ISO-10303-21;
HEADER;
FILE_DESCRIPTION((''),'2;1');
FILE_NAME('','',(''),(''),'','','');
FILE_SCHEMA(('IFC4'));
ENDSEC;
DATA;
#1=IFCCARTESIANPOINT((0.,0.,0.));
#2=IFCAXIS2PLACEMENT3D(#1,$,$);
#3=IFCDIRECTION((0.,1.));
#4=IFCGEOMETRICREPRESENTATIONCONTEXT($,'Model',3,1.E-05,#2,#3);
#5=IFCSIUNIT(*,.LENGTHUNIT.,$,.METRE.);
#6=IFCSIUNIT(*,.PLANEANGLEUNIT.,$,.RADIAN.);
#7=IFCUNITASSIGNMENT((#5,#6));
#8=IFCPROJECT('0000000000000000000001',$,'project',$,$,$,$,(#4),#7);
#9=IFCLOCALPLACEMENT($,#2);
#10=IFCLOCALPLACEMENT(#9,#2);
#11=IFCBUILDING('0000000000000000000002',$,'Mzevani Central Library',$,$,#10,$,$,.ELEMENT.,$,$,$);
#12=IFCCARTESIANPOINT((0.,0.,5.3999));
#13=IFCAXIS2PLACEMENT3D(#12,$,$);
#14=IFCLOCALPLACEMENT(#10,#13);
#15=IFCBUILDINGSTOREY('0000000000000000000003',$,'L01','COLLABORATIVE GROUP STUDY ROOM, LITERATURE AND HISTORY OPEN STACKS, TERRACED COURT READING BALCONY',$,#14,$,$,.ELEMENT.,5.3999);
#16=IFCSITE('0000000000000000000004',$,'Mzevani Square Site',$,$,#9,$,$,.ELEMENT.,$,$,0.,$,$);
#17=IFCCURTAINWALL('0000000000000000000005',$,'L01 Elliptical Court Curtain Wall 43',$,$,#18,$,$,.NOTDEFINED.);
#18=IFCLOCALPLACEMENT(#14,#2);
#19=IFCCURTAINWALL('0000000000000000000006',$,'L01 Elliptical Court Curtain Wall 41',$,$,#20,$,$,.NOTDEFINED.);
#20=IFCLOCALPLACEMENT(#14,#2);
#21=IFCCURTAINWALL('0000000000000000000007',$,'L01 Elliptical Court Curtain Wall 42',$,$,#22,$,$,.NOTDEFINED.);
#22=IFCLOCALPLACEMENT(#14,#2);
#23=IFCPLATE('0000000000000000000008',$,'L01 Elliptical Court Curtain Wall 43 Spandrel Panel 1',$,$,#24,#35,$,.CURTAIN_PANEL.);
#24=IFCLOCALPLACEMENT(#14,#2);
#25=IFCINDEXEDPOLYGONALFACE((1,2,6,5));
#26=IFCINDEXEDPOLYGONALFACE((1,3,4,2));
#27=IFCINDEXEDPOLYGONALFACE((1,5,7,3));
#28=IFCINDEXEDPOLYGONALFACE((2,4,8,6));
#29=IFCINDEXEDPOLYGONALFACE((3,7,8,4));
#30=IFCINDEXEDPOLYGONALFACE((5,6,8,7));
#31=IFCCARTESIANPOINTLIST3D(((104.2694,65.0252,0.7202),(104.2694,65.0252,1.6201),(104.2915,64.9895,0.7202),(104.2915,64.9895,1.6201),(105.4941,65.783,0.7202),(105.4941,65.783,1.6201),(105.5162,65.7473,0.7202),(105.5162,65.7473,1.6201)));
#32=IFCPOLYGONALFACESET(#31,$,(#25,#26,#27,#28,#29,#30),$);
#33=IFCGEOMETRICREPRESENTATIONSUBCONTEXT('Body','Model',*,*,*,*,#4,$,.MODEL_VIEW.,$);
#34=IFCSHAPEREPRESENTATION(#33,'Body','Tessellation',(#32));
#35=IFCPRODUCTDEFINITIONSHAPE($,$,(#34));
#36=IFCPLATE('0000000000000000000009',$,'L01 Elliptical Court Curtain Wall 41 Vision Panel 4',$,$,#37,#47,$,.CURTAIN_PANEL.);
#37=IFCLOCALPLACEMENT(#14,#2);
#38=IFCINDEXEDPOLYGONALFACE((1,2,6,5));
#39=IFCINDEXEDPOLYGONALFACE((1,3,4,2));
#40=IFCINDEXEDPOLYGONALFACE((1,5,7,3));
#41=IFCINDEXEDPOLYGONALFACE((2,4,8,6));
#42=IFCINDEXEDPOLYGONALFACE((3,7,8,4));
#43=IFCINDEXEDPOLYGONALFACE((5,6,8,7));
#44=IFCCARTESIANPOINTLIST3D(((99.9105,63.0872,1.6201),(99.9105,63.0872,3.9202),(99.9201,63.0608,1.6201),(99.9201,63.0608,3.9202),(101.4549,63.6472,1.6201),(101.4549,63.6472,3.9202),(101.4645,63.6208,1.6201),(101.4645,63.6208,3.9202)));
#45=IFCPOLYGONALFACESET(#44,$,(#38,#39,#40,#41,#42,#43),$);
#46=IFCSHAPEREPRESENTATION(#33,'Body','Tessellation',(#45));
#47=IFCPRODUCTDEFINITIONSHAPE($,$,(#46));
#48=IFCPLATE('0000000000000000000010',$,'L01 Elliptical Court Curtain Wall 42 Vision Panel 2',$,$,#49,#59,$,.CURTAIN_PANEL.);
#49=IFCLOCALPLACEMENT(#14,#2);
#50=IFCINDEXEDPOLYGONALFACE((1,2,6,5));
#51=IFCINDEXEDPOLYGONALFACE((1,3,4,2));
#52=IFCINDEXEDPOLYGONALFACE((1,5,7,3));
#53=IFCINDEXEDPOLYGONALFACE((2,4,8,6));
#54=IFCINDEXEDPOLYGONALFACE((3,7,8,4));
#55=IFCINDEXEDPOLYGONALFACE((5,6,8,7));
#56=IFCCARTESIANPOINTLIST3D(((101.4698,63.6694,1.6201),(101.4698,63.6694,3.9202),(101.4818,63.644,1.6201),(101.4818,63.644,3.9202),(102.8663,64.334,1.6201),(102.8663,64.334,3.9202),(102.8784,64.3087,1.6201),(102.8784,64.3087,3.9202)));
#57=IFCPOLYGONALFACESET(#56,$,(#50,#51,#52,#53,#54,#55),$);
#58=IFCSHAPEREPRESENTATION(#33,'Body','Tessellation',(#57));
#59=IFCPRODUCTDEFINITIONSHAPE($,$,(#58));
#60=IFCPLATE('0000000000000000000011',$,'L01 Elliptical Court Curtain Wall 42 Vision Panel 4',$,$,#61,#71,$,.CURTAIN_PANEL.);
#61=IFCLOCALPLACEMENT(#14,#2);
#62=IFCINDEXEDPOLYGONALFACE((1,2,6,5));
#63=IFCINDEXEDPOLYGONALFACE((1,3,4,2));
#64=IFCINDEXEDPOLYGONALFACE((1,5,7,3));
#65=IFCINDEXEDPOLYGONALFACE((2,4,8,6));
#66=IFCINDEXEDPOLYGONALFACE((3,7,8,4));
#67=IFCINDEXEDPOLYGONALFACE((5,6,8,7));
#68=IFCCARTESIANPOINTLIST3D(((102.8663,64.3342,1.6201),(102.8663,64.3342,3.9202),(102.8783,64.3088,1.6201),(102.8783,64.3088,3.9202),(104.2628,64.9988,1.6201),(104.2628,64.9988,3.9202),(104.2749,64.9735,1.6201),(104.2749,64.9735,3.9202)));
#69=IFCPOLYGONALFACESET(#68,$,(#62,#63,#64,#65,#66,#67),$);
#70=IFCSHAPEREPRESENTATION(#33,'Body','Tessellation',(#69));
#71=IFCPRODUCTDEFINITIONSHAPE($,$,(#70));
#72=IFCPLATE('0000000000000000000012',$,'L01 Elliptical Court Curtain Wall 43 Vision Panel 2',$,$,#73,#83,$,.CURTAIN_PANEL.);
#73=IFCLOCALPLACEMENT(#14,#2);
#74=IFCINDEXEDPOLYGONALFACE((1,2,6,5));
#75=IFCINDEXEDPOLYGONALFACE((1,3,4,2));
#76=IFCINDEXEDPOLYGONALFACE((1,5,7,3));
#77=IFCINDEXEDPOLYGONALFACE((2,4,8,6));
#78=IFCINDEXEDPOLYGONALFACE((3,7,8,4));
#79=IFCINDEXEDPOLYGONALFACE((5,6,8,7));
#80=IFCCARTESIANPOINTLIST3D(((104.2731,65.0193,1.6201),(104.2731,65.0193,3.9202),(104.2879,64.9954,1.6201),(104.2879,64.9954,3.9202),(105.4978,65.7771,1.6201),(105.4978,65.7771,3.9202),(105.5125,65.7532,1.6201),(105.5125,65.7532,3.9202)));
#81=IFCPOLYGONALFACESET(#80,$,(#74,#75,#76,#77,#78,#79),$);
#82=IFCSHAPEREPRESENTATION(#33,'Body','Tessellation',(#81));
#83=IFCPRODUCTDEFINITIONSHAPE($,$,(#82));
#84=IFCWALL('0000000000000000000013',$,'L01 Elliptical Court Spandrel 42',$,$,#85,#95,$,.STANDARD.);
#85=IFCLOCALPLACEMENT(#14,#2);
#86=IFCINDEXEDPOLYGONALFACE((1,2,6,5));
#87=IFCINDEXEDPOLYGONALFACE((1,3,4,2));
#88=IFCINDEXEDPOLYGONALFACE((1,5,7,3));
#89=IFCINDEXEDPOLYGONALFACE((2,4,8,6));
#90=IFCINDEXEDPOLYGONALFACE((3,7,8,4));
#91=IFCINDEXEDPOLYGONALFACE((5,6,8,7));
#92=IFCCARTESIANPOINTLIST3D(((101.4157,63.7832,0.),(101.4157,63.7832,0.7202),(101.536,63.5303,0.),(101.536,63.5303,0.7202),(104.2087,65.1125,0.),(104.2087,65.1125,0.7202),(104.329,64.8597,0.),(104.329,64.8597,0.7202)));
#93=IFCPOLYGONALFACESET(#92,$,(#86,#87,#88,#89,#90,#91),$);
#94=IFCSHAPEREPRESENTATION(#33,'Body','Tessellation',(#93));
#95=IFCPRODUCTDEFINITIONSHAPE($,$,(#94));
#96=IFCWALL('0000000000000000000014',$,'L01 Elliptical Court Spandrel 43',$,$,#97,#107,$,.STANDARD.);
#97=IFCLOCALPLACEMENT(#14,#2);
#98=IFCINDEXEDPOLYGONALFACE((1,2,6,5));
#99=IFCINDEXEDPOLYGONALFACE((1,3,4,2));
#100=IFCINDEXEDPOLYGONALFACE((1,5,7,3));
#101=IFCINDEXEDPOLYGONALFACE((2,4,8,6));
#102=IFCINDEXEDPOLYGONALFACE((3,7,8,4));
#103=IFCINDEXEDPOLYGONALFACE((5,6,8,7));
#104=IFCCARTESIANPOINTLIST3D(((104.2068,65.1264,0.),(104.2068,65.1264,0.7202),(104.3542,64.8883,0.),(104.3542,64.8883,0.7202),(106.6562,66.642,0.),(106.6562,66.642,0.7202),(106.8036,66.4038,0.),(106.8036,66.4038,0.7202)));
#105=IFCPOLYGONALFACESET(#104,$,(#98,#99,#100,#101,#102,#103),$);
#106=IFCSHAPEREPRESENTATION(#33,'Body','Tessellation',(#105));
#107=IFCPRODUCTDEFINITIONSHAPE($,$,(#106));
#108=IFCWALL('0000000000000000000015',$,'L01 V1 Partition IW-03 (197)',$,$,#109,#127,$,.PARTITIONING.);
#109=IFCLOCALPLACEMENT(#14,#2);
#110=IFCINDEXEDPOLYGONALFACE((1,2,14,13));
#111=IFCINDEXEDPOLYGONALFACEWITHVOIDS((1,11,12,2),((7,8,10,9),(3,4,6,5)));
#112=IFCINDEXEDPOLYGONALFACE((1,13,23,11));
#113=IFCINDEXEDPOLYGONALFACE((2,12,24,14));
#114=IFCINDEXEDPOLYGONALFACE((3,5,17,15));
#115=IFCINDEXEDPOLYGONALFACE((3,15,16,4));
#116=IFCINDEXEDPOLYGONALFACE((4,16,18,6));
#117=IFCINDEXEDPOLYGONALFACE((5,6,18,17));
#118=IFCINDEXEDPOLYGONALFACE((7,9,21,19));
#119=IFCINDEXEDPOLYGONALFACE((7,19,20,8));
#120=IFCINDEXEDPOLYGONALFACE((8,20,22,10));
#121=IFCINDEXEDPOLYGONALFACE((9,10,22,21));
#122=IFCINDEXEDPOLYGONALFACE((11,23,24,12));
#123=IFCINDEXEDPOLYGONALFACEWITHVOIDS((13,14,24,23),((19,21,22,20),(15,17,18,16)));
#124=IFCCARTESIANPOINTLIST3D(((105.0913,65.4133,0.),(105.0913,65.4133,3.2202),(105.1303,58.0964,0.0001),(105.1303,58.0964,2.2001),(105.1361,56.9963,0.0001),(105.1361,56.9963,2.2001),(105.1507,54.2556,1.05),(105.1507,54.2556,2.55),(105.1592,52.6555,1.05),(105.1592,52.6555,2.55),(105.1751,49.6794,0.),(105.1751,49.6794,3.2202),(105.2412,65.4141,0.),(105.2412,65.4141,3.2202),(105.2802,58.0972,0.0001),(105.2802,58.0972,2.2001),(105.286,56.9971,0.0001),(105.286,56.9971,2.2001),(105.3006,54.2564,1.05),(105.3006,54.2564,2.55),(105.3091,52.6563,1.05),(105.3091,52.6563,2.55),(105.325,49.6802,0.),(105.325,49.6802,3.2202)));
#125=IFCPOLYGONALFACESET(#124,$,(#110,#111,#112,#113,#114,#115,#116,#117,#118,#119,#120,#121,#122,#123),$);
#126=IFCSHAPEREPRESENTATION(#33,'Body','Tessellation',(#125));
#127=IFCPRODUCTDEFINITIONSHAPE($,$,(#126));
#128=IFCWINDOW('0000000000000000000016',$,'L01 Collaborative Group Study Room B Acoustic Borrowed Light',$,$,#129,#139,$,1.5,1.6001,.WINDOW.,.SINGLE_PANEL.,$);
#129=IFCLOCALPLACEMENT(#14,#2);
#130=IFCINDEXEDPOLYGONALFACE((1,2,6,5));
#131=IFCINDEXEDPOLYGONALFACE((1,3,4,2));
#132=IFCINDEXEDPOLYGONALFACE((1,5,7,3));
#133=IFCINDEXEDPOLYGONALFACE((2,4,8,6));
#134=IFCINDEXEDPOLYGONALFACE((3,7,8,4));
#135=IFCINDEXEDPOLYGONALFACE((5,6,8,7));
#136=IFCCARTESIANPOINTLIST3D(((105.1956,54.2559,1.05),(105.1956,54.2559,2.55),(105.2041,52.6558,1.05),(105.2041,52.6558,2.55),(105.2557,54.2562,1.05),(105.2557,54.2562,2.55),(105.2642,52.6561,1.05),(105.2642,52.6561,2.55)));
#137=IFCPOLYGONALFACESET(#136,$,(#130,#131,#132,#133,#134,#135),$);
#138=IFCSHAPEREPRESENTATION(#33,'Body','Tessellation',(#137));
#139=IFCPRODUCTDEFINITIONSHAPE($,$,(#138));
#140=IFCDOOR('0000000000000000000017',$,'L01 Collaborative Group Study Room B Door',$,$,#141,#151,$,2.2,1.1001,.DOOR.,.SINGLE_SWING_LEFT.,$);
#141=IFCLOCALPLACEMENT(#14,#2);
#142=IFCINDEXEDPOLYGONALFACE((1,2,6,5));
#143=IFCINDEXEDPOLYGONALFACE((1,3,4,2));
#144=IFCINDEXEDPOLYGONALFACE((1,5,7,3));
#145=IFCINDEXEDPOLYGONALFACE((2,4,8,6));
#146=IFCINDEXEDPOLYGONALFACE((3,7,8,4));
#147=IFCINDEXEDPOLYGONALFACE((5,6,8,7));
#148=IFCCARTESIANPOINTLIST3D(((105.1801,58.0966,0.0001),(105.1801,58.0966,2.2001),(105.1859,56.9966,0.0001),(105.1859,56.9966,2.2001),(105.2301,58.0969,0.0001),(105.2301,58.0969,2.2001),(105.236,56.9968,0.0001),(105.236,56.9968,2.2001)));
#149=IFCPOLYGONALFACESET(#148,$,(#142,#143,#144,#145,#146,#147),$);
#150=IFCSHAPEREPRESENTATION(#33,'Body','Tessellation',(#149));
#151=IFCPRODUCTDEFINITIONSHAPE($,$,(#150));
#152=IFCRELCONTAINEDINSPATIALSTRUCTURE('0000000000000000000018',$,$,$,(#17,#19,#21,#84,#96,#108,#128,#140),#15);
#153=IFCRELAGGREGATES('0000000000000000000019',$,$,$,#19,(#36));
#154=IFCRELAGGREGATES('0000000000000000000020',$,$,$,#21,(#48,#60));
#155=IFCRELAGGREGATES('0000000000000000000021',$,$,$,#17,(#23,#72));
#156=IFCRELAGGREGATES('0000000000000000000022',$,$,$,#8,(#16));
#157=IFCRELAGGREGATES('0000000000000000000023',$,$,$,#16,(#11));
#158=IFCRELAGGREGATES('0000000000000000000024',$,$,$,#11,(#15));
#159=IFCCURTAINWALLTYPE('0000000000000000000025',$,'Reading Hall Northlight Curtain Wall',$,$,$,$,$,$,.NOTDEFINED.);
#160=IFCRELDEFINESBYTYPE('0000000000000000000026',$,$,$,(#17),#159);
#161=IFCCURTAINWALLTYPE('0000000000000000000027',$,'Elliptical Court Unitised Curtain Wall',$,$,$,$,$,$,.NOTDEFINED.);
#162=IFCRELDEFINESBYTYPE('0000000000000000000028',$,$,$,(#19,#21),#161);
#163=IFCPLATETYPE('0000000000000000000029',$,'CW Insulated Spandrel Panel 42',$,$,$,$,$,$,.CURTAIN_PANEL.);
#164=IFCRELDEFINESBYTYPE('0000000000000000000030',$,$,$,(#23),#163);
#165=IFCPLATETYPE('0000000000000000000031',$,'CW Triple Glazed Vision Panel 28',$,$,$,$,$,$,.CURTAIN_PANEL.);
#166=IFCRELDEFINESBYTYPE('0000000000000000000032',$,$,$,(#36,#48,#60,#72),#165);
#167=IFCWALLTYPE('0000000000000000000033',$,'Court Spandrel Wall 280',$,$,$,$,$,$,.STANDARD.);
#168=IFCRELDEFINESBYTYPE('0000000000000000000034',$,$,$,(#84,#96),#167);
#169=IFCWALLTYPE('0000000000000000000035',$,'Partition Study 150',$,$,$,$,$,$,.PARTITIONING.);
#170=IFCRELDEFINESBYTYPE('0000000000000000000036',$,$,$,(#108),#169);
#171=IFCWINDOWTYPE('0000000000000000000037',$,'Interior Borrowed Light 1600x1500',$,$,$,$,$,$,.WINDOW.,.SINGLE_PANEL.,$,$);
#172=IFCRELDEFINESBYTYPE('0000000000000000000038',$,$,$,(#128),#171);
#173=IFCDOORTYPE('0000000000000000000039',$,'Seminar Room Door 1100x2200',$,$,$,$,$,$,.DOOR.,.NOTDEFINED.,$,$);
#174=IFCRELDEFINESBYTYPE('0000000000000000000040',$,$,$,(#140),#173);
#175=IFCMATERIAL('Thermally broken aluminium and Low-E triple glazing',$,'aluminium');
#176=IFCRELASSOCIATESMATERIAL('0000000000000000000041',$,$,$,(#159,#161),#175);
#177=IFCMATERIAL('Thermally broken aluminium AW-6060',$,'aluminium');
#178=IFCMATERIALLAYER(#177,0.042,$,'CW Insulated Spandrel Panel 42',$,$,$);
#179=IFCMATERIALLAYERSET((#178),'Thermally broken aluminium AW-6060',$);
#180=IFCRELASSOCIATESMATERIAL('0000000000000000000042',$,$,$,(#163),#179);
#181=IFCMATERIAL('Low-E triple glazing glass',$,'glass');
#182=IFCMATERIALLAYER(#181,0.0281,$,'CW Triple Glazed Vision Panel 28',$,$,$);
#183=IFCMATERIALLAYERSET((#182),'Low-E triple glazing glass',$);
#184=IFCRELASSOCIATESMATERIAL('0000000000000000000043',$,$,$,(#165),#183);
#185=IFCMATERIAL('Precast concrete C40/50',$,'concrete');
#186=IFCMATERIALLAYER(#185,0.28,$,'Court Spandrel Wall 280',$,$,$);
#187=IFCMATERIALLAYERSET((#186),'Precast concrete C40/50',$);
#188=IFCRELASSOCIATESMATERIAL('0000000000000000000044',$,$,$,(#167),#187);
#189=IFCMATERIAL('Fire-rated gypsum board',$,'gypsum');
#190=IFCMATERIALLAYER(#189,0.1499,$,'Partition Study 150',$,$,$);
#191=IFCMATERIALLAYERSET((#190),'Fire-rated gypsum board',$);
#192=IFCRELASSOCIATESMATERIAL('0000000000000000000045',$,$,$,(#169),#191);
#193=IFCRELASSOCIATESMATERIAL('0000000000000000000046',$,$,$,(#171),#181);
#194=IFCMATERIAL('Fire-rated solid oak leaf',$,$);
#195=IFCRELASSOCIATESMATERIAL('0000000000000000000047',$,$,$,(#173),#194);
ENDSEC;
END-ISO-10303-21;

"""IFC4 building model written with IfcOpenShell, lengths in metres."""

from ifc_helpers import new_model, si_unit, direction, frame, frame_2d, origin, origin_2d, place, context, subcontext, project, spatial, rectangle, extrude, material, layer, layer_set, type_object, element, fill, aggregate, save


model = new_model("IFC4")

# Units and contexts
model_context = context("Model", 3, precision=1e-05, world=origin(), true_north=direction((0.0, 1.0)))
body_context = subcontext(model_context, "Body", "Model", "MODEL_VIEW")
ifc_project = project(units=[si_unit("LENGTHUNIT", "METRE"), si_unit("PLANEANGLEUNIT", "RADIAN")], contexts=[model_context])

# Site, building, storey
site_placement = place(None, origin())
site = spatial("IfcSite", under=ifc_project, at=site_placement, Name="Mzevani Square Site", CompositionType="ELEMENT", RefElevation=0.0)
building_placement = place(site_placement, origin())
building = spatial("IfcBuilding", under=site, at=building_placement, Name="Mzevani Central Library", CompositionType="ELEMENT")
storey_placement = place(building_placement, frame((0.0, 0.0, 5.3999)))
storey = spatial("IfcBuildingStorey", under=building, at=storey_placement, Name="L01", Description="COLLABORATIVE GROUP STUDY ROOM, LITERATURE AND HISTORY OPEN STACKS, TERRACED COURT READING BALCONY", CompositionType="ELEMENT", Elevation=5.3999)

# Curtain wall
ifc_material_1 = material(Name="Thermally broken aluminium and Low-E triple glazing", Category="aluminium")
curtain_wall_type_1 = type_object("IfcCurtainWallType", Name="Reading Hall Northlight Curtain Wall", PredefinedType="NOTDEFINED", material=ifc_material_1)
curtain_wall_1_placement = place(storey_placement, origin())
curtain_wall_1 = element("IfcCurtainWall", 1, at=curtain_wall_1_placement, inside=storey, type_object=curtain_wall_type_1, Name="L01 Elliptical Court Curtain Wall 43", PredefinedType="NOTDEFINED")
ifc_material_2 = material(Name="Thermally broken aluminium AW-6060", Category="aluminium")

# Curtain wall
curtain_wall_type_2 = type_object("IfcCurtainWallType", Name="Elliptical Court Unitised Curtain Wall", PredefinedType="NOTDEFINED", material=ifc_material_1)
curtain_wall_2_placement = place(storey_placement, origin())
curtain_wall_2 = element("IfcCurtainWall", 2, at=curtain_wall_2_placement, inside=storey, type_object=curtain_wall_type_2, Name="L01 Elliptical Court Curtain Wall 41", PredefinedType="NOTDEFINED")

# Curtain wall
curtain_wall_3_placement = place(storey_placement, origin())
curtain_wall_3 = element("IfcCurtainWall", 3, at=curtain_wall_3_placement, inside=storey, type_object=curtain_wall_type_2, Name="L01 Elliptical Court Curtain Wall 42", PredefinedType="NOTDEFINED")

# Plates
ifc_layer_1 = layer(ifc_material_2, 0.042, Name="CW Insulated Spandrel Panel 42")
ifc_layer_set_1 = layer_set([ifc_layer_1], Name="Thermally broken aluminium AW-6060")
plate_type_1 = type_object("IfcPlateType", Name="CW Insulated Spandrel Panel 42", PredefinedType="CURTAIN_PANEL", material=ifc_layer_set_1)
plate_1_placement = place(storey_placement, frame((104.8928, 65.3862, 0.7202), z_axis=(0.0, 0.0, 1.0), x_axis=(0.850358, 0.526205, 0.0)))
plate_1 = element("IfcPlate", 4, at=plate_1_placement, type_object=plate_type_1, Name="L01 Elliptical Court Curtain Wall 43 Spandrel Panel 1", PredefinedType="CURTAIN_PANEL", context=body_context, shape_type="SweptSolid", body=[
    extrude(rectangle(XDim=1.4402, YDim=0.042, at=origin_2d()), origin(), (0.0, 0.0, 1.0), 0.8999),
])
ifc_material_3 = material(Name="Low-E triple glazing glass", Category="glass")
ifc_layer_2 = layer(ifc_material_3, 0.0281, Name="CW Triple Glazed Vision Panel 28")
ifc_layer_set_2 = layer_set([ifc_layer_2], Name="Low-E triple glazing glass")
plate_type_2 = type_object("IfcPlateType", Name="CW Triple Glazed Vision Panel 28", PredefinedType="CURTAIN_PANEL", material=ifc_layer_set_2)
plate_2_placement = place(storey_placement, frame((100.6875, 63.354, 1.6201), z_axis=(0.0, 0.0, 1.0), x_axis=(0.940106, 0.340883, 0.0)))
plate_2 = element("IfcPlate", 5, at=plate_2_placement, type_object=plate_type_2, Name="L01 Elliptical Court Curtain Wall 41 Vision Panel 4", PredefinedType="CURTAIN_PANEL", context=body_context, shape_type="SweptSolid", body=[
    extrude(rectangle(XDim=1.6428, YDim=0.0281, at=origin_2d()), origin(), (0.0, 0.0, 1.0), 2.3),
])
aggregate(curtain_wall_2, [plate_2])
plate_3_placement = place(storey_placement, frame((102.1741, 63.989, 1.6201), z_axis=(0.0, 0.0, 1.0), x_axis=(0.902949, 0.429748, 0.0)))
plate_3 = element("IfcPlate", 6, at=plate_3_placement, type_object=plate_type_2, Name="L01 Elliptical Court Curtain Wall 42 Vision Panel 2", PredefinedType="CURTAIN_PANEL", context=body_context, shape_type="SweptSolid", body=[
    extrude(rectangle(XDim=1.5466, YDim=0.0281, at=origin_2d()), origin(), (0.0, 0.0, 1.0), 2.3),
])
plate_4_placement = place(storey_placement, frame((103.5706, 64.6538, 1.6201), z_axis=(0.0, 0.0, 1.0), x_axis=(0.902949, 0.429748, 0.0)))
plate_4 = element("IfcPlate", 7, at=plate_4_placement, type_object=plate_type_2, Name="L01 Elliptical Court Curtain Wall 42 Vision Panel 4", PredefinedType="CURTAIN_PANEL", context=body_context, shape_type="SweptSolid", body=[
    extrude(rectangle(XDim=1.5466, YDim=0.0281, at=origin_2d()), origin(), (0.0, 0.0, 1.0), 2.3),
])
aggregate(curtain_wall_3, [plate_3, plate_4])
plate_5_placement = place(storey_placement, frame((104.8928, 65.3862, 1.6201), z_axis=(0.0, 0.0, 1.0), x_axis=(0.850358, 0.526205, 0.0)))
plate_5 = element("IfcPlate", 8, at=plate_5_placement, type_object=plate_type_2, Name="L01 Elliptical Court Curtain Wall 43 Vision Panel 2", PredefinedType="CURTAIN_PANEL", context=body_context, shape_type="SweptSolid", body=[
    extrude(rectangle(XDim=1.4402, YDim=0.0281, at=origin_2d()), origin(), (0.0, 0.0, 1.0), 2.3),
])
aggregate(curtain_wall_1, [plate_1, plate_5])

# Walls
ifc_material_4 = material(Name="Precast concrete C40/50", Category="concrete")
ifc_layer_3 = layer(ifc_material_4, 0.28, Name="Court Spandrel Wall 280")
ifc_layer_set_3 = layer_set([ifc_layer_3], Name="Precast concrete C40/50")
wall_type_1 = type_object("IfcWallType", Name="Court Spandrel Wall 280", PredefinedType="STANDARD", material=ifc_layer_set_3)
wall_1_placement = place(storey_placement, frame((101.4758, 63.6567, 0.0), z_axis=(0.0, 0.0, 1.0), x_axis=(0.902941, 0.429765, 0.0)))
element("IfcWall", 9, at=wall_1_placement, inside=storey, type_object=wall_type_1, Name="L01 Elliptical Court Spandrel 42", PredefinedType="STANDARD", context=body_context, shape_type="SweptSolid", body=[
    extrude(rectangle(XDim=3.0933, YDim=0.28, at=frame_2d((1.5466, 0.0))), origin(), (0.0, 0.0, 1.0), 0.7202),
])
wall_2_placement = place(storey_placement, frame((104.2805, 65.0073, 0.0), z_axis=(0.0, 0.0, 1.0), x_axis=(0.850375, 0.526177, 0.0)))
element("IfcWall", 10, at=wall_2_placement, inside=storey, type_object=wall_type_1, Name="L01 Elliptical Court Spandrel 43", PredefinedType="STANDARD", context=body_context, shape_type="SweptSolid", body=[
    extrude(rectangle(XDim=2.8804, YDim=0.28, at=frame_2d((1.4402, 0.0))), origin(), (0.0, 0.0, 1.0), 0.7202),
])

# Wall, openings, window, door
ifc_material_5 = material(Name="Fire-rated gypsum board", Category="gypsum")
ifc_layer_4 = layer(ifc_material_5, 0.1499, Name="Partition Study 150")
ifc_layer_set_4 = layer_set([ifc_layer_4], Name="Fire-rated gypsum board")
wall_type_2 = type_object("IfcWallType", Name="Partition Study 150", PredefinedType="PARTITIONING", material=ifc_layer_set_4)
wall_3_placement = place(storey_placement, frame((105.1663, 65.4138, 0.0), z_axis=(0.0, 0.0, 1.0), x_axis=(0.005322, -0.999986, 0.0)))
wall_3 = element("IfcWall", 11, at=wall_3_placement, inside=storey, type_object=wall_type_2, Name="L01 V1 Partition IW-03 (197)", PredefinedType="PARTITIONING", context=body_context, shape_type="SweptSolid", body=[
    extrude(rectangle(XDim=15.7341, YDim=0.1499, at=frame_2d((7.8672, 0.0))), origin(), (0.0, 0.0, 1.0), 3.2202),
])
opening_1_placement = place(wall_3_placement, frame((7.3171, 0.0, 0.0)))
opening_1 = element("IfcOpeningElement", 12, at=opening_1_placement, cuts=wall_3, PredefinedType="OPENING", context=body_context, shape_type="SweptSolid", body=[
    extrude(rectangle(XDim=1.1001, YDim=2.2, at=frame_2d((0.55, 1.1001))), frame((0.0, 0.085, 0.0), z_axis=(0.0, -1.0, 0.0), x_axis=(1.0, 0.0, 0.0)), (0.0, 0.0, 1.0), 0.1699),
])
opening_2_placement = place(wall_3_placement, frame((11.158, 0.0, 1.05)))
opening_2 = element("IfcOpeningElement", 13, at=opening_2_placement, cuts=wall_3, PredefinedType="OPENING", context=body_context, shape_type="SweptSolid", body=[
    extrude(rectangle(XDim=1.6001, YDim=1.5, at=frame_2d((0.8, 0.75))), frame((0.0, 0.085, 0.0), z_axis=(0.0, -1.0, 0.0), x_axis=(1.0, 0.0, 0.0)), (0.0, 0.0, 1.0), 0.1699),
])
window_type = type_object("IfcWindowType", Name="Interior Borrowed Light 1600x1500", PartitioningType="SINGLE_PANEL", PredefinedType="WINDOW", material=ifc_material_3)
window_placement = place(opening_2_placement, origin())
window = element("IfcWindow", 14, at=window_placement, inside=storey, type_object=window_type, Name="L01 Collaborative Group Study Room B Acoustic Borrowed Light", OverallHeight=1.5, OverallWidth=1.6001, PartitioningType="SINGLE_PANEL", PredefinedType="WINDOW", context=body_context, shape_type="SweptSolid", body=[
    extrude(rectangle(XDim=1.6001, YDim=1.5, at=frame_2d((0.8, 0.75))), frame((0.0, 0.03, 0.0), z_axis=(0.0, -1.0, 0.0), x_axis=(1.0, 0.0, 0.0)), (0.0, 0.0, 1.0), 0.0601),
])
fill(opening_2, window)
ifc_material_6 = material(Name="Fire-rated solid oak leaf")
door_type = type_object("IfcDoorType", Name="Seminar Room Door 1100x2200", OperationType="NOTDEFINED", PredefinedType="DOOR", material=ifc_material_6)
door_placement = place(opening_1_placement, origin())
door = element("IfcDoor", 15, at=door_placement, inside=storey, type_object=door_type, Name="L01 Collaborative Group Study Room B Door", OperationType="SINGLE_SWING_LEFT", OverallHeight=2.2, OverallWidth=1.1001, PredefinedType="DOOR", context=body_context, shape_type="SweptSolid", body=[
    extrude(rectangle(XDim=1.1001, YDim=2.2, at=frame_2d((0.55, 1.1001))), frame((0.0, 0.0249, 0.0), z_axis=(0.0, -1.0, 0.0), x_axis=(1.0, 0.0, 0.0)), (0.0, 0.0, 1.0), 0.05),
])
fill(opening_1, door)

save(model, "model.ifc")
